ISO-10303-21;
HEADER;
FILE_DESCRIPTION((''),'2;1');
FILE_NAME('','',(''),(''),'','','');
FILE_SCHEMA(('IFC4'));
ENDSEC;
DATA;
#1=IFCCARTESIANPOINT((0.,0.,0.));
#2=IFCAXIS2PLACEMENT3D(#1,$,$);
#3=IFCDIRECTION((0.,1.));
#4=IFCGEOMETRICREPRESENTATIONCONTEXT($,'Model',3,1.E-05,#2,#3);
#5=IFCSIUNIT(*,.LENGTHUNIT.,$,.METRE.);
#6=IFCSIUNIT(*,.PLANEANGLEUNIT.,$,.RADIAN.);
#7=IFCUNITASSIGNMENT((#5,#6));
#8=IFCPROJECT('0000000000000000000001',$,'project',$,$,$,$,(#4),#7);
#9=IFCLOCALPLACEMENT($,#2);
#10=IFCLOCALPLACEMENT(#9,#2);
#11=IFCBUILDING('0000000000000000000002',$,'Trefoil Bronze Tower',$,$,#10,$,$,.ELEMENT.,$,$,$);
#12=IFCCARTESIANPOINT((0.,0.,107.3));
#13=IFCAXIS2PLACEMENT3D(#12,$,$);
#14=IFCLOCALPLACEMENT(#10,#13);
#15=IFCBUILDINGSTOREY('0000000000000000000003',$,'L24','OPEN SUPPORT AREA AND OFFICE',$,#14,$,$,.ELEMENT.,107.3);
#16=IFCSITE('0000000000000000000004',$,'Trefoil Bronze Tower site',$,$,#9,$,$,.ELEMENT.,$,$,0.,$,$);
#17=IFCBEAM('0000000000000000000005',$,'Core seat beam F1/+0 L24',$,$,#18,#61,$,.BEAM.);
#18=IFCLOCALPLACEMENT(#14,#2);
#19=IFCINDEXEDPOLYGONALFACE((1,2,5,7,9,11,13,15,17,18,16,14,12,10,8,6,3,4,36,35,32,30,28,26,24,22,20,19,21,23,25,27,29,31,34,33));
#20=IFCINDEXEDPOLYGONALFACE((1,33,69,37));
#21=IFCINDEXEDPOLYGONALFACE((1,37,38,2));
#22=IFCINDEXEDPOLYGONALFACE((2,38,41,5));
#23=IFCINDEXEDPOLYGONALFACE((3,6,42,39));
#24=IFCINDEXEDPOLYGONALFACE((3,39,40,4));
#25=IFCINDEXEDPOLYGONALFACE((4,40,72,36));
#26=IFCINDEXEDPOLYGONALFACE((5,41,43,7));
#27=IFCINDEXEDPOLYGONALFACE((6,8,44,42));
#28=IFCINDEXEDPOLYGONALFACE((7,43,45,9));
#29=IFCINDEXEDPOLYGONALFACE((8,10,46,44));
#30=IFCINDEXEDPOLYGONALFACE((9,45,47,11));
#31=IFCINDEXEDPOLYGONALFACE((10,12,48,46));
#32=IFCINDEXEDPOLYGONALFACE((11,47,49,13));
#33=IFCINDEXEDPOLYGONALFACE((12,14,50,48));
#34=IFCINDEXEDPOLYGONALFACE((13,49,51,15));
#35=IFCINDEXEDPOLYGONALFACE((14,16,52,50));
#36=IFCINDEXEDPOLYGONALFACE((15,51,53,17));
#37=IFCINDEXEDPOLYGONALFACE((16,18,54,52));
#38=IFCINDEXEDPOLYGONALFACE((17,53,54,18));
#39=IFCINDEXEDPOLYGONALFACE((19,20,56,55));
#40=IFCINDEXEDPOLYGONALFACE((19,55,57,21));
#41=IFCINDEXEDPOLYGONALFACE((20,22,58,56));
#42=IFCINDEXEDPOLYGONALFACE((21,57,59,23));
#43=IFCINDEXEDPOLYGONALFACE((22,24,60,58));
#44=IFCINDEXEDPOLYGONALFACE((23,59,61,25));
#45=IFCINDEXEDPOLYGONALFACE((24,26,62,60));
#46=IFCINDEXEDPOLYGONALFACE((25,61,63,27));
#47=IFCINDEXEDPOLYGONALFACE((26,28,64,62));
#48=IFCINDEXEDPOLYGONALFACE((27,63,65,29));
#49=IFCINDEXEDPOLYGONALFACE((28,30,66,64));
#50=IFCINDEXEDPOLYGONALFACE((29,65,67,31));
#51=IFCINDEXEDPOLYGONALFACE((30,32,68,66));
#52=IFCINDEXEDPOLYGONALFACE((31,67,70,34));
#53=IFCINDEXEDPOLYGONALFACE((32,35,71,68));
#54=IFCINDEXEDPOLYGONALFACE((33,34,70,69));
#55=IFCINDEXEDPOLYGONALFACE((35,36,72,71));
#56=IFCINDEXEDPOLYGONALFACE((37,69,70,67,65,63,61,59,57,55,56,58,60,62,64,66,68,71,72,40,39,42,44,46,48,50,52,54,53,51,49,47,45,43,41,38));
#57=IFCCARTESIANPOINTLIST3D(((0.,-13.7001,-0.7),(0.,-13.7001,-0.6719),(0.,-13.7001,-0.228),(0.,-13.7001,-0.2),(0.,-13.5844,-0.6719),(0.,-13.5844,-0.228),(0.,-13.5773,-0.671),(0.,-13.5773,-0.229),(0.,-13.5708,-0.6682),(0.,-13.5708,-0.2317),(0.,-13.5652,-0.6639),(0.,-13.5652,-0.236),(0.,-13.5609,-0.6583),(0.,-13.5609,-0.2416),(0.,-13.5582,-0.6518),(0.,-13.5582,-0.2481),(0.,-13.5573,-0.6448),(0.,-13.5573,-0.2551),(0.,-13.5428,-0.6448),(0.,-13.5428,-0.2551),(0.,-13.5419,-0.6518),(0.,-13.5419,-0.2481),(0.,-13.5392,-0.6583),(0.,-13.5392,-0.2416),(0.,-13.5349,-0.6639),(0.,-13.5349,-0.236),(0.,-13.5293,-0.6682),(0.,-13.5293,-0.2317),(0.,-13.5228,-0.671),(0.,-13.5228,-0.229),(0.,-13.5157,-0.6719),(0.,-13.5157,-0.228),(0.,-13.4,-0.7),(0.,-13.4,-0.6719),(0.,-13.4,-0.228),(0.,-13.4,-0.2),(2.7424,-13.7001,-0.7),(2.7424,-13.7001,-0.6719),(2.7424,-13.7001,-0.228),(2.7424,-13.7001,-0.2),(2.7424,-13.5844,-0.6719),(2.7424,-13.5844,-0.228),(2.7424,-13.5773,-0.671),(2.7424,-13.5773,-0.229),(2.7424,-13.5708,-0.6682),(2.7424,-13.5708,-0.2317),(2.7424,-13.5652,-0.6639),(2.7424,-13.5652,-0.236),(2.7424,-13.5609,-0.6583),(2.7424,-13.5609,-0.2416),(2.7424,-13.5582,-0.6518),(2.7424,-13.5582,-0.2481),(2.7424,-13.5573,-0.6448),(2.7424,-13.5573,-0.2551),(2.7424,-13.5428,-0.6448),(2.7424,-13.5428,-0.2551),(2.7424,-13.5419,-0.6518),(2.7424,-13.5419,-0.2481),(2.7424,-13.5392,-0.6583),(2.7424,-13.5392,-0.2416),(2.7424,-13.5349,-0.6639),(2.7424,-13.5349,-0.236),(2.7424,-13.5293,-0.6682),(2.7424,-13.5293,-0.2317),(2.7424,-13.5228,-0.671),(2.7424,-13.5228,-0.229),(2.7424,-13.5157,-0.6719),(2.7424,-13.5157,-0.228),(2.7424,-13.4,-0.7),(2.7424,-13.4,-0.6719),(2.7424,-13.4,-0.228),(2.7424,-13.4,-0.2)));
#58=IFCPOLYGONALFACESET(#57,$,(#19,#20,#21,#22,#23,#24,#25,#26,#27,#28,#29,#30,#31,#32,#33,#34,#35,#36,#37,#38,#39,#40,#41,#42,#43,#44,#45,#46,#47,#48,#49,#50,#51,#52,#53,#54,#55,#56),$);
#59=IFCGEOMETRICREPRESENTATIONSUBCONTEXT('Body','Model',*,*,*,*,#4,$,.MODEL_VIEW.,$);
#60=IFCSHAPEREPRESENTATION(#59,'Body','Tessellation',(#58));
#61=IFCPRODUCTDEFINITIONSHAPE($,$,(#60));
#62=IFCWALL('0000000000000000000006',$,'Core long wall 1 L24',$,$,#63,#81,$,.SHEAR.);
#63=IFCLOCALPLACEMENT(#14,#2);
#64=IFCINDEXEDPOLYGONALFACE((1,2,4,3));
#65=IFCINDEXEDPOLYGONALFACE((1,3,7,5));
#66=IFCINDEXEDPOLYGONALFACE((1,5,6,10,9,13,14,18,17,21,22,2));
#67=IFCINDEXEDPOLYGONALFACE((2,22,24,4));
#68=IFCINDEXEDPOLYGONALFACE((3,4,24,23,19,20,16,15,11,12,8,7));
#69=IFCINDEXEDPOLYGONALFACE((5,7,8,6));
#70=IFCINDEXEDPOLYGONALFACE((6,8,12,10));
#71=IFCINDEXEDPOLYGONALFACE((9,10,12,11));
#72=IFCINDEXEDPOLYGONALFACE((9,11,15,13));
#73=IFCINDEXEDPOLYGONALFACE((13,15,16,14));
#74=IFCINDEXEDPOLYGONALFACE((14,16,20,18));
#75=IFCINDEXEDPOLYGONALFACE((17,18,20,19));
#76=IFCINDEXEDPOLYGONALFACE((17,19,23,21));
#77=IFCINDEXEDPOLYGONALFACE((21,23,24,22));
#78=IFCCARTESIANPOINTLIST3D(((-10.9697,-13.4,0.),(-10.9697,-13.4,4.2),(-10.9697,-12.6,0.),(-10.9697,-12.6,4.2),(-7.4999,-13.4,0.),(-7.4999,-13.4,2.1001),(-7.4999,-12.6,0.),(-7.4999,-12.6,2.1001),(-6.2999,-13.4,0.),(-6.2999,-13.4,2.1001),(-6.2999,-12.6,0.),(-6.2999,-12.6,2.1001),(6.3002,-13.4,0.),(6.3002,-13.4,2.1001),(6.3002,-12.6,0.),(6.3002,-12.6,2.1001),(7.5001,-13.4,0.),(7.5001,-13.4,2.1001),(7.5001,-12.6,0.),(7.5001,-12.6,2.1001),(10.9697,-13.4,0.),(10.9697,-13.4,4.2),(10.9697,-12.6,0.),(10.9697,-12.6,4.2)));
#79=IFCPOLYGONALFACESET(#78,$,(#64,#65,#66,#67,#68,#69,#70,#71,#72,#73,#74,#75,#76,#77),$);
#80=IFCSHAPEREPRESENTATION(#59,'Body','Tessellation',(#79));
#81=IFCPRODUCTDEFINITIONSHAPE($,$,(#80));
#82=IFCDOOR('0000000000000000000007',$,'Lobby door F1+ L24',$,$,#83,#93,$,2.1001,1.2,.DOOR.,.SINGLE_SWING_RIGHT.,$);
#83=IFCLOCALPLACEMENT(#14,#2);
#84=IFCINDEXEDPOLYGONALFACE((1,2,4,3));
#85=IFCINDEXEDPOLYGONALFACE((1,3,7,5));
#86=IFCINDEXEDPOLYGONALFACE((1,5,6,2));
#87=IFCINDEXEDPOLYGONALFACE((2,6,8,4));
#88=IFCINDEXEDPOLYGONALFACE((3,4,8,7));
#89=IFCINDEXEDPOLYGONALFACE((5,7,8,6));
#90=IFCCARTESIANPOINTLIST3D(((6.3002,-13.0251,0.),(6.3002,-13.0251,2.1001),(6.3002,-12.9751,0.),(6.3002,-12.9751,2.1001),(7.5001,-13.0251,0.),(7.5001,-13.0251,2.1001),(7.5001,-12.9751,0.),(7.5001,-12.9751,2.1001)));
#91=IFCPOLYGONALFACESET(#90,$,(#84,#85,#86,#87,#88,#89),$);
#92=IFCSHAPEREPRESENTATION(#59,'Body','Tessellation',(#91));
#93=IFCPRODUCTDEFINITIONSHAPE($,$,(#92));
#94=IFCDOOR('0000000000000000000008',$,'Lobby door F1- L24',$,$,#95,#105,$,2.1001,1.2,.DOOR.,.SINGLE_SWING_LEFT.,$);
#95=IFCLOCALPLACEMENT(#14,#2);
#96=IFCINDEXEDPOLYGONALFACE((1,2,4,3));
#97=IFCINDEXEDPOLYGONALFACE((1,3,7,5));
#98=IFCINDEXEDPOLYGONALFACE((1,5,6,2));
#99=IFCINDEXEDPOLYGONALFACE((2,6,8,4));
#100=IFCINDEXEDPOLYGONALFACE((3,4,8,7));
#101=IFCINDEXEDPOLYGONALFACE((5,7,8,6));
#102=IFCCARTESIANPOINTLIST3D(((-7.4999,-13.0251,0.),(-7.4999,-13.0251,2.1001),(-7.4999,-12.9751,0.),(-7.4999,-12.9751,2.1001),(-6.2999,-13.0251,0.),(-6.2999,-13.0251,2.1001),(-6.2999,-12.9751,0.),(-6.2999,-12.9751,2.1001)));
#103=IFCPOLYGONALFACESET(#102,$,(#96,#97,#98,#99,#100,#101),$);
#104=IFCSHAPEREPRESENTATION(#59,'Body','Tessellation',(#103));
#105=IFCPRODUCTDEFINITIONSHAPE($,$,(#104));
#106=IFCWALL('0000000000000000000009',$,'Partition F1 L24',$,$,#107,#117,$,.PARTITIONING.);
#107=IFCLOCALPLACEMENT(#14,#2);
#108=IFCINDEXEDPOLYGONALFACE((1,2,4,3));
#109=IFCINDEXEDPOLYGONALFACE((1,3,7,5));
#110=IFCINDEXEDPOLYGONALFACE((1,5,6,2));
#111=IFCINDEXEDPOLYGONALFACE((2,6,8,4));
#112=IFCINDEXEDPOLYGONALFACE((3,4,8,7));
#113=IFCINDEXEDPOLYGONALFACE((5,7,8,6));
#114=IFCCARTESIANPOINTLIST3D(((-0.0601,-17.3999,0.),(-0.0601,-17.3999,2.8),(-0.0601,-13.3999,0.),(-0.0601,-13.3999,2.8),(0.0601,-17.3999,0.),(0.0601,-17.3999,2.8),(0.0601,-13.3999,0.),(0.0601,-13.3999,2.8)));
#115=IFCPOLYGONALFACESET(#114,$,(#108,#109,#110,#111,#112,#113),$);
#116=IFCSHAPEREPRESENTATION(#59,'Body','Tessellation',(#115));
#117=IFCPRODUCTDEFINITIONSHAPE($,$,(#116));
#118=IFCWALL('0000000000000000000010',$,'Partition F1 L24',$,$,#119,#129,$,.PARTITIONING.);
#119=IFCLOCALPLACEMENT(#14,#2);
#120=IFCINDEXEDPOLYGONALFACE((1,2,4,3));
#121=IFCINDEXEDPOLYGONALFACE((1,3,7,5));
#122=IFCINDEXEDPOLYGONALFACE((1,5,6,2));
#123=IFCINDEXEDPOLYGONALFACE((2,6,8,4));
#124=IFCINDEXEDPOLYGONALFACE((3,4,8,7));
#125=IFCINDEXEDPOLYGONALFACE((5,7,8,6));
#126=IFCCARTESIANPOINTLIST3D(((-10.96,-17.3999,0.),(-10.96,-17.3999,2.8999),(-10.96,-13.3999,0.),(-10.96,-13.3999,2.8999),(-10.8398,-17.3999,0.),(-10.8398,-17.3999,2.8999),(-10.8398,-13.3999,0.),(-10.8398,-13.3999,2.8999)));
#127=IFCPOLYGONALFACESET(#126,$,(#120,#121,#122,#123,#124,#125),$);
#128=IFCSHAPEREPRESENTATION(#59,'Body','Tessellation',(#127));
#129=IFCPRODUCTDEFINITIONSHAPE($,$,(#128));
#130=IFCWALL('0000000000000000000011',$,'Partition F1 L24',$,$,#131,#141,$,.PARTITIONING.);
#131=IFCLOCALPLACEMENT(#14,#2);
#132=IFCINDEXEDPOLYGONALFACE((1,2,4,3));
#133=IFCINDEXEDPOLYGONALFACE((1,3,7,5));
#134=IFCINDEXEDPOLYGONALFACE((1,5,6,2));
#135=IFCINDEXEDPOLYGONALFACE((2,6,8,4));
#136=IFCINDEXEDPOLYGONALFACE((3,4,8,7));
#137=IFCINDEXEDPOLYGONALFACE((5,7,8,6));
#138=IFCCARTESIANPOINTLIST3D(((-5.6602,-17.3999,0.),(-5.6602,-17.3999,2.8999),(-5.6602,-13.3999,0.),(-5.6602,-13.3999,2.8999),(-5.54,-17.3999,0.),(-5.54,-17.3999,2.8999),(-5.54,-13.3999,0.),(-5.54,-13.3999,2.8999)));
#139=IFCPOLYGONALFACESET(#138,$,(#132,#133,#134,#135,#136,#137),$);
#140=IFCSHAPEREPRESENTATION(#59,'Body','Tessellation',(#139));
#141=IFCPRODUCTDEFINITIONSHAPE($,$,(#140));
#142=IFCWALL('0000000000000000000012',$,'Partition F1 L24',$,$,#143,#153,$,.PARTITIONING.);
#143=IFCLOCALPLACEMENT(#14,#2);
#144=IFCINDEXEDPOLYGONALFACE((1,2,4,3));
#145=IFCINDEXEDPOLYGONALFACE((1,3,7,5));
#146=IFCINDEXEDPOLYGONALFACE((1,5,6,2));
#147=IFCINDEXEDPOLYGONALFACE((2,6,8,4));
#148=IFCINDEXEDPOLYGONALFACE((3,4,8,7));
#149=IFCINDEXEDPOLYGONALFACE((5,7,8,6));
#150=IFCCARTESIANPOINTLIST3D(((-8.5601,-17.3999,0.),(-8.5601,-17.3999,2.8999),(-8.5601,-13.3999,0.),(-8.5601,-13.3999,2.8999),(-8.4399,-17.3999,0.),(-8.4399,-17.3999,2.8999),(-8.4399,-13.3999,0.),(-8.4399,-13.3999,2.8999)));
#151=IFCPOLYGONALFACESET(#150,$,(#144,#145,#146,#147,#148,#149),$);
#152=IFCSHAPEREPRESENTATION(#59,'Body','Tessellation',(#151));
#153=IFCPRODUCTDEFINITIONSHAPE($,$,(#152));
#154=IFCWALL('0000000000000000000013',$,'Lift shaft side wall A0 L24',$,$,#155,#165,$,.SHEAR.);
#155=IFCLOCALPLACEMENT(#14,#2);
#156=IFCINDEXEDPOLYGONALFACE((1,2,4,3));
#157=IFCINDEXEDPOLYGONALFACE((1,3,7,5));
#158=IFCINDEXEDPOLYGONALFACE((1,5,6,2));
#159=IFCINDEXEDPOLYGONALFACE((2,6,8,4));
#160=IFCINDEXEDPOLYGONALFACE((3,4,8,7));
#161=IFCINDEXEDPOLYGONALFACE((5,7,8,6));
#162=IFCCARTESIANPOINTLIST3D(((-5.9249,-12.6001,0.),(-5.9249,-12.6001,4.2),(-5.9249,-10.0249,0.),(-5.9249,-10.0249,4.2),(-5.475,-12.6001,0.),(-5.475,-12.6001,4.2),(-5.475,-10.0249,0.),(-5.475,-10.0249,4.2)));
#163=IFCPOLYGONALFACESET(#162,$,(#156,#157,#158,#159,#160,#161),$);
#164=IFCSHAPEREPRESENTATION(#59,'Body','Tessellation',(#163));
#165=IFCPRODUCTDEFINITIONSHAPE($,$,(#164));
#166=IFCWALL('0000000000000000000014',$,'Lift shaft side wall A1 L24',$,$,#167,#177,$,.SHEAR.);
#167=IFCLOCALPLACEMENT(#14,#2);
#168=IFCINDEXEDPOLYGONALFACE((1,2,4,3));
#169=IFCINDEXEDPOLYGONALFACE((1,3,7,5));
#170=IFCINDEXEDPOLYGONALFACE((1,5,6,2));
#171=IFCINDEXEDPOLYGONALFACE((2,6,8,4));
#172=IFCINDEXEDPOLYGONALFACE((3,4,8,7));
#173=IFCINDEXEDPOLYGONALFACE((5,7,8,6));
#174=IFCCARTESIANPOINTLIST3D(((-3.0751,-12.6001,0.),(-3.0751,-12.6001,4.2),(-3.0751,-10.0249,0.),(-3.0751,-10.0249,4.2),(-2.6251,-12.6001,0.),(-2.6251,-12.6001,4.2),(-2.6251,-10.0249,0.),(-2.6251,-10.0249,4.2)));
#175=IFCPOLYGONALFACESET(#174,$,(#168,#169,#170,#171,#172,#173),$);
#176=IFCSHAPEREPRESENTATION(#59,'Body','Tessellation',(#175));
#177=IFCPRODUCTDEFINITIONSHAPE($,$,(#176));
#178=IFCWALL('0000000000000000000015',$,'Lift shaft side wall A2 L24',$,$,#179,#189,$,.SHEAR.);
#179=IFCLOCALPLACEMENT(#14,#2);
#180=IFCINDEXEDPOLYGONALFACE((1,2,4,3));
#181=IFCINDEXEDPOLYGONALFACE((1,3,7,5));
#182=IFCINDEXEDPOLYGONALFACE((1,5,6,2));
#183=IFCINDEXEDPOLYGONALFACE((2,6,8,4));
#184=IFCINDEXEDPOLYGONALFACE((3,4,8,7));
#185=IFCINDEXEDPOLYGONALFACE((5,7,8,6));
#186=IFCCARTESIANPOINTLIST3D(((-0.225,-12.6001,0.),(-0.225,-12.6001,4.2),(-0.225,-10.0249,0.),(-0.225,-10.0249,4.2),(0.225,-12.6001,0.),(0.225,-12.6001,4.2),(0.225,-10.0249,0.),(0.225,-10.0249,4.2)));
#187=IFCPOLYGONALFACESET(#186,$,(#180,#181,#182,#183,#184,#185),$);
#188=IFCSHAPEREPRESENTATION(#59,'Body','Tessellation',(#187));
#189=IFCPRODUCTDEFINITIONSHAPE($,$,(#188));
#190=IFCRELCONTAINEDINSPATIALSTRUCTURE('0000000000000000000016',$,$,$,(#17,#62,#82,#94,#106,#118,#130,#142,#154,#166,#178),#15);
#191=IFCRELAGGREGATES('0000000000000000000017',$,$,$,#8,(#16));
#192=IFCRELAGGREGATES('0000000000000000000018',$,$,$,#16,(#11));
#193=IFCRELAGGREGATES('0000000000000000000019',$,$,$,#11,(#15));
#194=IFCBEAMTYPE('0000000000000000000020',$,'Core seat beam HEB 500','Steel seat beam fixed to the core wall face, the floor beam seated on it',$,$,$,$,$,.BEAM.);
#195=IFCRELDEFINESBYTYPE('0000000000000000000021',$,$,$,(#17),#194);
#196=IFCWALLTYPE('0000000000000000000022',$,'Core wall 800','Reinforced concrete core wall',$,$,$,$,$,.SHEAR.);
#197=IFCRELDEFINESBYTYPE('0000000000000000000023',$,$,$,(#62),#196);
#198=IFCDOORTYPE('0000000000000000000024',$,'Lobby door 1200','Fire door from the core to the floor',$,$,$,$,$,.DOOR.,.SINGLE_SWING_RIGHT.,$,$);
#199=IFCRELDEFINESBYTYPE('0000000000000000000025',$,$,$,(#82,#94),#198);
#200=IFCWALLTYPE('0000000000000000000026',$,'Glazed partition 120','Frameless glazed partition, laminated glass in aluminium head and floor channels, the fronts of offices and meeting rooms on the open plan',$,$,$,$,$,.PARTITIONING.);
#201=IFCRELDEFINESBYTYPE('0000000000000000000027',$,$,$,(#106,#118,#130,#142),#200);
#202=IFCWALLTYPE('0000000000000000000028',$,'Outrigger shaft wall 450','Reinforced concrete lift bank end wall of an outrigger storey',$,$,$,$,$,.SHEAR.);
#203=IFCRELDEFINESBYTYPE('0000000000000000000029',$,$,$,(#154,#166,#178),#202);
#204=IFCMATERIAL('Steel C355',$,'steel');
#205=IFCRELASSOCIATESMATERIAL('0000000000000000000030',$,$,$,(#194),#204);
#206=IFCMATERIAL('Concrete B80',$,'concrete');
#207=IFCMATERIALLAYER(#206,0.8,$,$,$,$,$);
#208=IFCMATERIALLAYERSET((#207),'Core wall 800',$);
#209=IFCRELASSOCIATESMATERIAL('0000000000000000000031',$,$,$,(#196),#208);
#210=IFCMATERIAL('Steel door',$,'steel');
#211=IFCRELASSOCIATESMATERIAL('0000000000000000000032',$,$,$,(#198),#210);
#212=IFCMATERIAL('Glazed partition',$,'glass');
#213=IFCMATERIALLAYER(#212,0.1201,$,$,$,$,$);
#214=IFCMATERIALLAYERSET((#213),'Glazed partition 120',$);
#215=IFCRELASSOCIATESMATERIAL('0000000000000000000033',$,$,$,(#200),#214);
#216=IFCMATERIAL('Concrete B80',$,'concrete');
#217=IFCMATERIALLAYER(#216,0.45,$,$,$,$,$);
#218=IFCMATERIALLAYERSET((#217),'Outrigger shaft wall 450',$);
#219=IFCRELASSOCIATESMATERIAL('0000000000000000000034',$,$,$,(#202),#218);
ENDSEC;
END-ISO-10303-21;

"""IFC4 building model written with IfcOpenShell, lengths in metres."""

from ifc_helpers import new_model, si_unit, direction, frame, frame_2d, origin, origin_2d, place, context, subcontext, project, spatial, rectangle, i_section, extrude, material, layer, layer_set, material_profile, profile_set, type_object, element, fill, save


model = new_model("IFC4")

# Units and contexts
model_context = context("Model", 3, precision=1e-05, world=origin(), true_north=direction((0.0, 1.0)))
body_context = subcontext(model_context, "Body", "Model", "MODEL_VIEW")
ifc_project = project(units=[si_unit("LENGTHUNIT", "METRE"), si_unit("PLANEANGLEUNIT", "RADIAN")], contexts=[model_context])

# Site, building, storey
site_placement = place(None, origin())
site = spatial("IfcSite", under=ifc_project, at=site_placement, Name="Trefoil Bronze Tower site", CompositionType="ELEMENT", RefElevation=0.0)
building_placement = place(site_placement, origin())
building = spatial("IfcBuilding", under=site, at=building_placement, Name="Trefoil Bronze Tower", CompositionType="ELEMENT")
storey_placement = place(building_placement, frame((0.0, 0.0, 107.3)))
storey = spatial("IfcBuildingStorey", under=building, at=storey_placement, Name="L24", Description="OPEN SUPPORT AREA AND OFFICE", CompositionType="ELEMENT", Elevation=107.3)

# Beam
ifc_material_1 = material(Name="Steel C355", Category="steel")
ifc_material_profile = material_profile(ifc_material_1, i_section(OverallWidth=0.3, OverallDepth=0.5, WebThickness=0.0144, FlangeThickness=0.0281, FilletRadius=0.0271, at=origin_2d()), Name="HEB 500")
ifc_profile_set = profile_set([ifc_material_profile], Name="Steel C355")
beam_type = type_object("IfcBeamType", Name="Core seat beam HEB 500", Description="Steel seat beam fixed to the core wall face, the floor beam seated on it", PredefinedType="BEAM", material=ifc_profile_set)
beam_placement = place(storey_placement, frame((0.0, -13.55, -0.45), z_axis=(1.0, 0.0, 0.0), x_axis=(0.0, 1.0, 0.0)))
element("IfcBeam", 1, at=beam_placement, inside=storey, type_object=beam_type, Name="Core seat beam F1/+0 L24", PredefinedType="BEAM", context=body_context, shape_type="SweptSolid", body=[
    extrude(i_section(OverallWidth=0.3, OverallDepth=0.5, WebThickness=0.0144, FlangeThickness=0.0281, FilletRadius=0.0271, at=origin_2d()), origin(), (0.0, 0.0, 1.0), 2.7424),
])

# Wall, openings, doors
ifc_material_2 = material(Name="Concrete B80", Category="concrete")
ifc_layer_1 = layer(ifc_material_2, 0.8)
ifc_layer_set_1 = layer_set([ifc_layer_1], Name="Core wall 800")
wall_type_1 = type_object("IfcWallType", Name="Core wall 800", Description="Reinforced concrete core wall", PredefinedType="SHEAR", material=ifc_layer_set_1)
wall_1_placement = place(storey_placement, frame((-10.9697, -13.0, 0.0), z_axis=(0.0, 0.0, 1.0), x_axis=(1.0, 0.0, 0.0)))
wall_1 = element("IfcWall", 2, at=wall_1_placement, inside=storey, type_object=wall_type_1, Name="Core long wall 1 L24", PredefinedType="SHEAR", context=body_context, shape_type="SweptSolid", body=[
    extrude(rectangle(XDim=21.9395, YDim=0.8, at=frame_2d((10.9697, 0.0))), origin(), (0.0, 0.0, 1.0), 4.2),
])
opening_1_placement = place(wall_1_placement, frame((17.2698, 0.0, 0.0)))
opening_1 = element("IfcOpeningElement", 3, at=opening_1_placement, cuts=wall_1, PredefinedType="OPENING", context=body_context, shape_type="SweptSolid", body=[
    extrude(rectangle(XDim=1.2, YDim=2.1001, at=frame_2d((0.6001, 1.05))), frame((0.0, 0.4099, 0.0), z_axis=(0.0, -1.0, 0.0), x_axis=(1.0, 0.0, 0.0)), (0.0, 0.0, 1.0), 0.8201),
])
opening_2_placement = place(wall_1_placement, frame((3.4697, 0.0, 0.0)))
opening_2 = element("IfcOpeningElement", 4, at=opening_2_placement, cuts=wall_1, PredefinedType="OPENING", context=body_context, shape_type="SweptSolid", body=[
    extrude(rectangle(XDim=1.2, YDim=2.1001, at=frame_2d((0.6001, 1.05))), frame((0.0, 0.4099, 0.0), z_axis=(0.0, -1.0, 0.0), x_axis=(1.0, 0.0, 0.0)), (0.0, 0.0, 1.0), 0.8201),
])
ifc_material_3 = material(Name="Steel door", Category="steel")
door_type_1 = type_object("IfcDoorType", Name="Lobby door 1200", Description="Fire door from the core to the floor", OperationType="SINGLE_SWING_RIGHT", PredefinedType="DOOR", material=ifc_material_3)
door_1_placement = place(opening_1_placement, origin())
door_1 = element("IfcDoor", 5, at=door_1_placement, inside=storey, type_object=door_type_1, Name="Lobby door F1+ L24", OperationType="SINGLE_SWING_RIGHT", OverallHeight=2.1001, OverallWidth=1.2, PredefinedType="DOOR", context=body_context, shape_type="SweptSolid", body=[
    extrude(rectangle(XDim=1.2, YDim=2.1001, at=frame_2d((0.6001, 1.05))), frame((0.0, 0.0249, 0.0), z_axis=(0.0, -1.0, 0.0), x_axis=(1.0, 0.0, 0.0)), (0.0, 0.0, 1.0), 0.05),
])
fill(opening_1, door_1)
door_2_placement = place(opening_2_placement, origin())
door_2 = element("IfcDoor", 6, at=door_2_placement, inside=storey, type_object=door_type_1, Name="Lobby door F1- L24", OperationType="SINGLE_SWING_LEFT", OverallHeight=2.1001, OverallWidth=1.2, PredefinedType="DOOR", context=body_context, shape_type="SweptSolid", body=[
    extrude(rectangle(XDim=1.2, YDim=2.1001, at=frame_2d((0.6001, 1.05))), frame((0.0, 0.0249, 0.0), z_axis=(0.0, -1.0, 0.0), x_axis=(1.0, 0.0, 0.0)), (0.0, 0.0, 1.0), 0.05),
])
fill(opening_2, door_2)

# Walls
ifc_material_4 = material(Name="Glazed partition", Category="glass")
ifc_layer_2 = layer(ifc_material_4, 0.1201)
ifc_layer_set_2 = layer_set([ifc_layer_2], Name="Glazed partition 120")
wall_type_2 = type_object("IfcWallType", Name="Glazed partition 120", Description="Frameless glazed partition, laminated glass in aluminium head and floor channels, the fronts of offices and meeting rooms on the open plan", PredefinedType="PARTITIONING", material=ifc_layer_set_2)
wall_2_placement = place(storey_placement, frame((0.0, -13.3999, 0.0), z_axis=(0.0, 0.0, 1.0), x_axis=(0.0, -1.0, 0.0)))
element("IfcWall", 7, at=wall_2_placement, inside=storey, type_object=wall_type_2, Name="Partition F1 L24", PredefinedType="PARTITIONING", context=body_context, shape_type="SweptSolid", body=[
    extrude(rectangle(XDim=4.0, YDim=0.1201, at=frame_2d((2.0, 0.0))), origin(), (0.0, 0.0, 1.0), 2.8),
])
for number, where, z_axis, x_axis, name in (
    (8, (-10.8999, -13.3999, 0.0), (0.0, 0.0, 1.0), (0.0, -1.0, 0.0), "Partition F1 L24"),
    (9, (-5.6001, -13.3999, 0.0), (0.0, 0.0, 1.0), (0.0, -1.0, 0.0), "Partition F1 L24"),
    (10, (-8.5, -13.3999, 0.0), (0.0, 0.0, 1.0), (0.0, -1.0, 0.0), "Partition F1 L24"),
):
    element("IfcWall", number, at=place(storey_placement, frame(where, z_axis=z_axis, x_axis=x_axis)), inside=storey, type_object=wall_type_2, Name=name, PredefinedType="PARTITIONING", context=body_context, shape_type="SweptSolid", body=[
        extrude(rectangle(XDim=4.0, YDim=0.1201, at=frame_2d((2.0, 0.0))), origin(), (0.0, 0.0, 1.0), 2.8999),
    ])
ifc_material_5 = material(Name="Concrete B80", Category="concrete")
ifc_layer_3 = layer(ifc_material_5, 0.45)
ifc_layer_set_3 = layer_set([ifc_layer_3], Name="Outrigger shaft wall 450")
wall_type_3 = type_object("IfcWallType", Name="Outrigger shaft wall 450", Description="Reinforced concrete lift bank end wall of an outrigger storey", PredefinedType="SHEAR", material=ifc_layer_set_3)
for number, where, z_axis, x_axis, name in (
    (11, (-5.7, -10.0249, 0.0), (0.0, 0.0, 1.0), (0.0, -1.0, 0.0), "Lift shaft side wall A0 L24"),
    (12, (-2.8501, -10.0249, 0.0), (0.0, 0.0, 1.0), (0.0, -1.0, 0.0), "Lift shaft side wall A1 L24"),
    (13, (0.0, -10.0249, 0.0), (0.0, 0.0, 1.0), (0.0, -1.0, 0.0), "Lift shaft side wall A2 L24"),
):
    element("IfcWall", number, at=place(storey_placement, frame(where, z_axis=z_axis, x_axis=x_axis)), inside=storey, type_object=wall_type_3, Name=name, PredefinedType="SHEAR", context=body_context, shape_type="SweptSolid", body=[
        extrude(rectangle(XDim=2.5752, YDim=0.45, at=frame_2d((1.2876, 0.0))), origin(), (0.0, 0.0, 1.0), 4.2),
    ])

save(model, "model.ifc")
